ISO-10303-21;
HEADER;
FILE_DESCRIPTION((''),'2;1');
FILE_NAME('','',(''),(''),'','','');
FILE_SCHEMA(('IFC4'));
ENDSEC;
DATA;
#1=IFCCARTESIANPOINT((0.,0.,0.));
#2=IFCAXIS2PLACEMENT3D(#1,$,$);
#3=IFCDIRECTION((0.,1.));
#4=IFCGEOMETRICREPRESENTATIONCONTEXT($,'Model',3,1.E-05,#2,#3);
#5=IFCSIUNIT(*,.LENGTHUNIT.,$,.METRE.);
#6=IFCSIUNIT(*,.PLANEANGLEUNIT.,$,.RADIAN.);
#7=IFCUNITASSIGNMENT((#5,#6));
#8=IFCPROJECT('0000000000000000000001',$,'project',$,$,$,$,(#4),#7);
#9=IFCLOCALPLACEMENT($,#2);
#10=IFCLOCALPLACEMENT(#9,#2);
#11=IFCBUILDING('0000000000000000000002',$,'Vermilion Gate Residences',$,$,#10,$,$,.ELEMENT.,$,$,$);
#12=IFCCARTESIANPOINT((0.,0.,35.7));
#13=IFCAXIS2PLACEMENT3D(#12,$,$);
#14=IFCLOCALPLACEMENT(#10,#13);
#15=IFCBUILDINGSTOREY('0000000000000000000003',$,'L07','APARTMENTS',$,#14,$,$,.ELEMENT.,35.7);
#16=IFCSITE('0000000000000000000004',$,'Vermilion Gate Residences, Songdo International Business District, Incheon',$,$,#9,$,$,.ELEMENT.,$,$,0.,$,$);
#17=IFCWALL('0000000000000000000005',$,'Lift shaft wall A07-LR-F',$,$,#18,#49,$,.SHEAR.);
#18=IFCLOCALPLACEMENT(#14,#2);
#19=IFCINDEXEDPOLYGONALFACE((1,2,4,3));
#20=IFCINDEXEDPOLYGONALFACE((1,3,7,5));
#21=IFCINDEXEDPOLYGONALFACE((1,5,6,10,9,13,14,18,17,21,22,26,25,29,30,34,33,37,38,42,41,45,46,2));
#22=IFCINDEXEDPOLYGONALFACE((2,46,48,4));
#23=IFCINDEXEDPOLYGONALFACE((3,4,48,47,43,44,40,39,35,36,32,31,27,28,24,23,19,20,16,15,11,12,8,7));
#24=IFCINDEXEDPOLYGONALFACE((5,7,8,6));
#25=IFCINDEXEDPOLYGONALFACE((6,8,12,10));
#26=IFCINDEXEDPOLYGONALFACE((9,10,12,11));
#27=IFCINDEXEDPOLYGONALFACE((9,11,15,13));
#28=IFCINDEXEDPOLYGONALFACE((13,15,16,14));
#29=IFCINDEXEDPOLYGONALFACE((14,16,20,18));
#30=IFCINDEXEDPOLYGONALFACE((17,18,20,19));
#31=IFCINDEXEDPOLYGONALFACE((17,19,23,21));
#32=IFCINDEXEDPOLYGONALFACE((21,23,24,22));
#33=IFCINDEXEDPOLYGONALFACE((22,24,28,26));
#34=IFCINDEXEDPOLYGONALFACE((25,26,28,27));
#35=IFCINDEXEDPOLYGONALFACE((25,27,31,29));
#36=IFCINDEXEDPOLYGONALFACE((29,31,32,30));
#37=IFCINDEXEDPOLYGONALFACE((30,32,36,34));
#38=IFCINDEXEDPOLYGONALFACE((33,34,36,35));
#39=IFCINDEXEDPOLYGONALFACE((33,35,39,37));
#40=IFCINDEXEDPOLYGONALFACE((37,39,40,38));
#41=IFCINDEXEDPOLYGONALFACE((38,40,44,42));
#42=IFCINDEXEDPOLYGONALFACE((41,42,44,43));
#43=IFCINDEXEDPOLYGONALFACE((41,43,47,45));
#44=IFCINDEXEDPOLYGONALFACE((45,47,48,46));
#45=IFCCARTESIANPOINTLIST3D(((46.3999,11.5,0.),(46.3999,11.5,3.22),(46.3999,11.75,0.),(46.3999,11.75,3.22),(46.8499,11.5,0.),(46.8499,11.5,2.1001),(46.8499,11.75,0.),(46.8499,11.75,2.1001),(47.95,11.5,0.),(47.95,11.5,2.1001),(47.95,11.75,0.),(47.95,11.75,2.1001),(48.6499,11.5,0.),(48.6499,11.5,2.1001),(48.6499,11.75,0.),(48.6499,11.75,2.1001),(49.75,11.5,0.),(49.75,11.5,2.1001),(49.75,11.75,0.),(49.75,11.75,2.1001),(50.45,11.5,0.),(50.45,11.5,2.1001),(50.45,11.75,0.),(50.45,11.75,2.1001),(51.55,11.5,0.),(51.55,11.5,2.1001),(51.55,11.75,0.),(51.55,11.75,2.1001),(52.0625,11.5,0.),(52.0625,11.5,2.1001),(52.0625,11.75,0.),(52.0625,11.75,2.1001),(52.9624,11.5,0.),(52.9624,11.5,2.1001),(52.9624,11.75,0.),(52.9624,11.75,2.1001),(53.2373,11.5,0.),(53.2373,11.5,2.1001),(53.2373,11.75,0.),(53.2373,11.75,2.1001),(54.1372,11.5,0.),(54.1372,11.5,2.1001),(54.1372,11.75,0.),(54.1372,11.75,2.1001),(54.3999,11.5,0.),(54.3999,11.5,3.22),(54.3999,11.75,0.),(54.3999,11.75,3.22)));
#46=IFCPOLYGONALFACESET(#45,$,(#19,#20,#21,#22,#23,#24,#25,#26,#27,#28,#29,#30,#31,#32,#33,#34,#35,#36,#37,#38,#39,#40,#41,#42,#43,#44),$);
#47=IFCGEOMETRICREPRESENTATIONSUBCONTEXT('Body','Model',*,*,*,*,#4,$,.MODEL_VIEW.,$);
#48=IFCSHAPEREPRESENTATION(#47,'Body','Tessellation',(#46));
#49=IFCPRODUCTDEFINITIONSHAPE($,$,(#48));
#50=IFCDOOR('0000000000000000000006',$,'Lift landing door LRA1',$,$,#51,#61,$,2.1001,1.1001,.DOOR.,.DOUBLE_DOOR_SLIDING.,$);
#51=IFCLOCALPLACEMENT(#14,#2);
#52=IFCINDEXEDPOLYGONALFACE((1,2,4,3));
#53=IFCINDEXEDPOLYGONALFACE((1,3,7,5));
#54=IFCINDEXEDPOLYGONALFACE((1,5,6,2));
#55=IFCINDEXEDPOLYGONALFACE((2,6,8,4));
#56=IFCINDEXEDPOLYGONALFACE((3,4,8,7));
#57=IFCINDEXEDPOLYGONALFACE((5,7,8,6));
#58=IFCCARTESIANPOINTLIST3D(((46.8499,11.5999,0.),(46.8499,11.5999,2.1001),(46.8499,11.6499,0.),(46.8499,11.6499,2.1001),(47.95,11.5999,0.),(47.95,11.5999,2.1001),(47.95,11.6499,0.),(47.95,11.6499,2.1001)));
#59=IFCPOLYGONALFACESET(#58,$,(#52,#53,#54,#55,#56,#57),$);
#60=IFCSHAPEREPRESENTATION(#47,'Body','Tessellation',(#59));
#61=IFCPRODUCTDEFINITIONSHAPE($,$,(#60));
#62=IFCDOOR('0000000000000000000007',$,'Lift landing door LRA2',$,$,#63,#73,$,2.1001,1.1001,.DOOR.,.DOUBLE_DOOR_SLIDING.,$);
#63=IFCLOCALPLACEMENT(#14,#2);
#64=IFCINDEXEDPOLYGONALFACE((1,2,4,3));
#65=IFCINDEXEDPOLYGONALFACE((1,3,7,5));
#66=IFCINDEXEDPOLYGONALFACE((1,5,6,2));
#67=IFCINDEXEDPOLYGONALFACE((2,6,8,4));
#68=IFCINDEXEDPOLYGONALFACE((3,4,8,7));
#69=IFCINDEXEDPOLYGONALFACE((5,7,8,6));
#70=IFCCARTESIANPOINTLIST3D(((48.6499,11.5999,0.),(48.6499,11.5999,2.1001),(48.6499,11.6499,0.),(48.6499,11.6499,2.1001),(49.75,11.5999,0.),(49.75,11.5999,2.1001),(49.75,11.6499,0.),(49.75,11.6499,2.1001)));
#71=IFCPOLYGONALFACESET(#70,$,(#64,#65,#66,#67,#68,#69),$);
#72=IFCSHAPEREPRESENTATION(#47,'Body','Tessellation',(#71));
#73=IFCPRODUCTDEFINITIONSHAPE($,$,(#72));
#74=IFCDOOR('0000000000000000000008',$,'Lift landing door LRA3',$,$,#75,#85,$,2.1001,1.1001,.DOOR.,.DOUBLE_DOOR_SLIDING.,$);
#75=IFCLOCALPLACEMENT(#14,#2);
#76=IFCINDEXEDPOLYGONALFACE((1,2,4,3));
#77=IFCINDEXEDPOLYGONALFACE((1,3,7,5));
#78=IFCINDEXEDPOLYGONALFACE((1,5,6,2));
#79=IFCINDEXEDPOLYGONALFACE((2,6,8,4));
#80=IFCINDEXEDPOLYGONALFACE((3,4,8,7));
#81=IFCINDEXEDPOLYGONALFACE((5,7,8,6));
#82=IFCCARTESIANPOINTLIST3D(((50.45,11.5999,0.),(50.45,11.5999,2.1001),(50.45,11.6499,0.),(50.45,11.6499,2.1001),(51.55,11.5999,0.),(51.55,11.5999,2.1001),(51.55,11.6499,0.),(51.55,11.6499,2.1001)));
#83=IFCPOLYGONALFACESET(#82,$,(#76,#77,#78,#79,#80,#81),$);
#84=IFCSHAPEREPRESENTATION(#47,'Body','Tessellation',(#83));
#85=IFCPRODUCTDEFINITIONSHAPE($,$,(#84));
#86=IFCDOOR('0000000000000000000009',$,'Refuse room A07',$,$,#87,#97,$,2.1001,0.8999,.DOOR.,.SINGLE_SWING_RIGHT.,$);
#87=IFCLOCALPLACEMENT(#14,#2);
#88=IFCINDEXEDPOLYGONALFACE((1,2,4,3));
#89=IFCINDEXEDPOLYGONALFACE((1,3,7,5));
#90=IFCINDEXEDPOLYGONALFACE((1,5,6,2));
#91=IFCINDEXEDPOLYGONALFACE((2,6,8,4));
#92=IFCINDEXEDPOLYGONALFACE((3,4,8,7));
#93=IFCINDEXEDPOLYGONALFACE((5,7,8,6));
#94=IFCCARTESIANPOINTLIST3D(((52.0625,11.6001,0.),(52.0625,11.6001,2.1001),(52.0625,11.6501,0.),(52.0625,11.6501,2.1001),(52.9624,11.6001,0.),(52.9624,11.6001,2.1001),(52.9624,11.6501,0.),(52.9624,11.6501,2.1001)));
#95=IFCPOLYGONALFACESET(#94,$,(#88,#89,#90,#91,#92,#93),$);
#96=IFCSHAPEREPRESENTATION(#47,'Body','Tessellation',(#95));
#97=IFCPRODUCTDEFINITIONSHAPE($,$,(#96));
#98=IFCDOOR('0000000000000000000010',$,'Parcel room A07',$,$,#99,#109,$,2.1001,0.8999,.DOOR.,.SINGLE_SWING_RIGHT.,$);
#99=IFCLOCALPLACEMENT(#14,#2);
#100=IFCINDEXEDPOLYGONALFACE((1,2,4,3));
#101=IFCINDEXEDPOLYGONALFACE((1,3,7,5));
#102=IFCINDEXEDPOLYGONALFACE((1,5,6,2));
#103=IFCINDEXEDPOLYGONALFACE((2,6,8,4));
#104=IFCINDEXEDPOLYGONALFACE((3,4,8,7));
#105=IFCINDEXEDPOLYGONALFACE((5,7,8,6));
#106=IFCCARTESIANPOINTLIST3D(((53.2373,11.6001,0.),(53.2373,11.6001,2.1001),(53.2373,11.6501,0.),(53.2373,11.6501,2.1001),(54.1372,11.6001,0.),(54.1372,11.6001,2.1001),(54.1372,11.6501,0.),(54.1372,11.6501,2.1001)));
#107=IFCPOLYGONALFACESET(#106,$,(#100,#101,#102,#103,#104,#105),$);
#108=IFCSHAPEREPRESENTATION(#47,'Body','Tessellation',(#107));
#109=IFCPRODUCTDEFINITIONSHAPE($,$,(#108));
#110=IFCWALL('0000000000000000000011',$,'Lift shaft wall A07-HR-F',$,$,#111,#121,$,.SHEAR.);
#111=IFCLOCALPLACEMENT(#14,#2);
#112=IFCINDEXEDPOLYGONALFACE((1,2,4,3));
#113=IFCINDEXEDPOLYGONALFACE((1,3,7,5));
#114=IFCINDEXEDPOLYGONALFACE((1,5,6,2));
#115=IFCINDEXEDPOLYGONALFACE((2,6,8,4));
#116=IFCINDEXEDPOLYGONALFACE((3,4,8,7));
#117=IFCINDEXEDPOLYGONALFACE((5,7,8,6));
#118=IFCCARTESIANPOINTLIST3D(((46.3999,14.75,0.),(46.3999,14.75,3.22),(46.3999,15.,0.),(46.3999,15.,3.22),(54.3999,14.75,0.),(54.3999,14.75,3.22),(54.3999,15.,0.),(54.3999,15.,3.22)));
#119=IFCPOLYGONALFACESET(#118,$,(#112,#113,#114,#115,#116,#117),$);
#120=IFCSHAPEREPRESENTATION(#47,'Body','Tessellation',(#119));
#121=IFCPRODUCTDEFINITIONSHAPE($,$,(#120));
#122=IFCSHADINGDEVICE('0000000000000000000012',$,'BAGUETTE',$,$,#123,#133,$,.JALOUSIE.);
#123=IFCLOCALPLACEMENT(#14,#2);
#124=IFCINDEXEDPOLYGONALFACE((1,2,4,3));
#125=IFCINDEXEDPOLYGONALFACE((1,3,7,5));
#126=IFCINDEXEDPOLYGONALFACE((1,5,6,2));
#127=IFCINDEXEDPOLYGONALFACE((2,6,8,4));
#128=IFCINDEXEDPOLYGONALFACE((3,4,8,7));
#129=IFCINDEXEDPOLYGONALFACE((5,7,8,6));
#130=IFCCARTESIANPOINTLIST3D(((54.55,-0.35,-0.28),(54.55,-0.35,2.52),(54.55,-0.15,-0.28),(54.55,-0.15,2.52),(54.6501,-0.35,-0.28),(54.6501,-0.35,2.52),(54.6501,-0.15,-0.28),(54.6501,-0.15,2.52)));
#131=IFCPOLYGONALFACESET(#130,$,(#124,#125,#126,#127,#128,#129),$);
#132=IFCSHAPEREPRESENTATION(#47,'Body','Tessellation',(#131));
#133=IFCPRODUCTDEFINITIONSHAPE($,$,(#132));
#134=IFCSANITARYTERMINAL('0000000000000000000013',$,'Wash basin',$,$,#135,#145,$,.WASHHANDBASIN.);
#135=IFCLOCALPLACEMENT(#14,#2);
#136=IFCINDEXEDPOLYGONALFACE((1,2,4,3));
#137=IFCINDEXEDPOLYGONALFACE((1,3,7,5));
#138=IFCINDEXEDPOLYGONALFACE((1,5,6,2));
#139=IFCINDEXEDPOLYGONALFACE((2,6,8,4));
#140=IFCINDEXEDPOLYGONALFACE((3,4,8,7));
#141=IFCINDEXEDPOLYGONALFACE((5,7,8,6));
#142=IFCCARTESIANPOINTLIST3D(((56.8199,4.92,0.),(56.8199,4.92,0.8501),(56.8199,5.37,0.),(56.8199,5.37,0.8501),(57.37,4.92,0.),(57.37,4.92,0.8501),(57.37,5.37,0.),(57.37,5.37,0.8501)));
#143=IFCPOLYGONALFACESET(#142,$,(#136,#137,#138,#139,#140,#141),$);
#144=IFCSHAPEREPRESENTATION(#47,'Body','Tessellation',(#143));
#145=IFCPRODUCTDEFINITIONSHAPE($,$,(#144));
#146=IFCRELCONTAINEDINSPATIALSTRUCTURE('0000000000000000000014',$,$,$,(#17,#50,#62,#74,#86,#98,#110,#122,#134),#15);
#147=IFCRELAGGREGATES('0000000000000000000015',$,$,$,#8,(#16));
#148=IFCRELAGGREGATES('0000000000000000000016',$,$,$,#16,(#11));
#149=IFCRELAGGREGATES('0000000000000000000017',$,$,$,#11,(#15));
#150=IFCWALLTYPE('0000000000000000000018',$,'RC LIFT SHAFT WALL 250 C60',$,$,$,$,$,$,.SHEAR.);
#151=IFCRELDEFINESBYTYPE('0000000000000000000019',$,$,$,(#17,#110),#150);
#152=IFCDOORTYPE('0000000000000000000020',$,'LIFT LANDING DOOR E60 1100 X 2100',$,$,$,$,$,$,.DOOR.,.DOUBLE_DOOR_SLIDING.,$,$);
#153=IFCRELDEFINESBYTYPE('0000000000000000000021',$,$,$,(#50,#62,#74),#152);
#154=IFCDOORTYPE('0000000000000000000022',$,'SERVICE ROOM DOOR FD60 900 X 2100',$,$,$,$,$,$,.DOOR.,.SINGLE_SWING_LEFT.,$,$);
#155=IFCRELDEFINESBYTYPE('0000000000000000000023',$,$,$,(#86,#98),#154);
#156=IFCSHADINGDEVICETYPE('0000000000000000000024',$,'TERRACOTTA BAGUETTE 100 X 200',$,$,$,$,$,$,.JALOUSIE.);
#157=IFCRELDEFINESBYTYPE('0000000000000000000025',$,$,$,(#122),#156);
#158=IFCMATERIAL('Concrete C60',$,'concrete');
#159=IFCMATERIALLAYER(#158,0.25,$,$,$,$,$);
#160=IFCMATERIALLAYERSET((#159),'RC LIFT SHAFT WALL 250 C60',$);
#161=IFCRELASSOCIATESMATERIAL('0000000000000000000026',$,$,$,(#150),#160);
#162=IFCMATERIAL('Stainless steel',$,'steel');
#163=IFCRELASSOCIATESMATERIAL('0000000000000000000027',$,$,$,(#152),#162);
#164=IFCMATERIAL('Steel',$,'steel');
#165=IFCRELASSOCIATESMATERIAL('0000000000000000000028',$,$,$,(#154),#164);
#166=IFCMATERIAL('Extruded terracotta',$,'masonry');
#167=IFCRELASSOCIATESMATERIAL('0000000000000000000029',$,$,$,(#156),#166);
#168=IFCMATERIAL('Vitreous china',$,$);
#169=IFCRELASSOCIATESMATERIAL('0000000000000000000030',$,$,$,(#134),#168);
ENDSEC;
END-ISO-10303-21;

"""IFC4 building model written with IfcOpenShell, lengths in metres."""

from ifc_helpers import new_model, si_unit, direction, frame, frame_2d, origin, origin_2d, place, context, subcontext, project, spatial, rectangle, extrude, material, layer, layer_set, material_profile, profile_set, type_object, element, fill, save


model = new_model("IFC4")

# Units and contexts
model_context = context("Model", 3, precision=1e-05, world=origin(), true_north=direction((0.0, 1.0)))
body_context = subcontext(model_context, "Body", "Model", "MODEL_VIEW")
ifc_project = project(units=[si_unit("LENGTHUNIT", "METRE"), si_unit("PLANEANGLEUNIT", "RADIAN")], contexts=[model_context])

# Site, building, storey
site_placement = place(None, origin())
site = spatial("IfcSite", under=ifc_project, at=site_placement, Name="Vermilion Gate Residences, Songdo International Business District, Incheon", CompositionType="ELEMENT", RefElevation=0.0)
building_placement = place(site_placement, origin())
building = spatial("IfcBuilding", under=site, at=building_placement, Name="Vermilion Gate Residences", CompositionType="ELEMENT")
storey_placement = place(building_placement, frame((0.0, 0.0, 35.7)))
storey = spatial("IfcBuildingStorey", under=building, at=storey_placement, Name="L07", Description="APARTMENTS", CompositionType="ELEMENT", Elevation=35.7)

# Wall, openings, doors
ifc_material_1 = material(Name="Concrete C60", Category="concrete")
ifc_layer_1 = layer(ifc_material_1, 0.25)
ifc_layer_set_1 = layer_set([ifc_layer_1], Name="RC LIFT SHAFT WALL 250 C60")
wall_type_1 = type_object("IfcWallType", Name="RC LIFT SHAFT WALL 250 C60", PredefinedType="SHEAR", material=ifc_layer_set_1)
wall_1_placement = place(storey_placement, frame((46.3999, 11.625, 0.0), z_axis=(0.0, 0.0, 1.0), x_axis=(1.0, 0.0, 0.0)))
wall_1 = element("IfcWall", 1, at=wall_1_placement, inside=storey, type_object=wall_type_1, Name="Lift shaft wall A07-LR-F", PredefinedType="SHEAR", context=body_context, shape_type="SweptSolid", body=[
    extrude(rectangle(XDim=8.0, YDim=0.25, at=frame_2d((4.0, 0.0))), origin(), (0.0, 0.0, 1.0), 3.22),
])
opening_1_placement = place(wall_1_placement, frame((0.45, 0.0, 0.0)))
opening_1 = element("IfcOpeningElement", 2, at=opening_1_placement, cuts=wall_1, PredefinedType="OPENING", context=body_context, shape_type="SweptSolid", body=[
    extrude(rectangle(XDim=1.1001, YDim=2.1001, at=frame_2d((0.55, 1.05))), frame((0.0, 0.135, 0.0), z_axis=(0.0, -1.0, 0.0), x_axis=(1.0, 0.0, 0.0)), (0.0, 0.0, 1.0), 0.27),
])
opening_2_placement = place(wall_1_placement, frame((2.25, 0.0, 0.0)))
opening_2 = element("IfcOpeningElement", 3, at=opening_2_placement, cuts=wall_1, PredefinedType="OPENING", context=body_context, shape_type="SweptSolid", body=[
    extrude(rectangle(XDim=1.1001, YDim=2.1001, at=frame_2d((0.55, 1.05))), frame((0.0, 0.135, 0.0), z_axis=(0.0, -1.0, 0.0), x_axis=(1.0, 0.0, 0.0)), (0.0, 0.0, 1.0), 0.27),
])
opening_3_placement = place(wall_1_placement, frame((4.05, 0.0, 0.0)))
opening_3 = element("IfcOpeningElement", 4, at=opening_3_placement, cuts=wall_1, PredefinedType="OPENING", context=body_context, shape_type="SweptSolid", body=[
    extrude(rectangle(XDim=1.1001, YDim=2.1001, at=frame_2d((0.55, 1.05))), frame((0.0, 0.135, 0.0), z_axis=(0.0, -1.0, 0.0), x_axis=(1.0, 0.0, 0.0)), (0.0, 0.0, 1.0), 0.27),
])
opening_4_placement = place(wall_1_placement, frame((5.6626, 0.0, 0.0)))
opening_4 = element("IfcOpeningElement", 5, at=opening_4_placement, cuts=wall_1, PredefinedType="OPENING", context=body_context, shape_type="SweptSolid", body=[
    extrude(rectangle(XDim=0.8999, YDim=2.1001, at=frame_2d((0.45, 1.05))), frame((0.0, 0.135, 0.0), z_axis=(0.0, -1.0, 0.0), x_axis=(1.0, 0.0, 0.0)), (0.0, 0.0, 1.0), 0.27),
])
opening_5_placement = place(wall_1_placement, frame((6.8374, 0.0, 0.0)))
opening_5 = element("IfcOpeningElement", 6, at=opening_5_placement, cuts=wall_1, PredefinedType="OPENING", context=body_context, shape_type="SweptSolid", body=[
    extrude(rectangle(XDim=0.8999, YDim=2.1001, at=frame_2d((0.45, 1.05))), frame((0.0, 0.135, 0.0), z_axis=(0.0, -1.0, 0.0), x_axis=(1.0, 0.0, 0.0)), (0.0, 0.0, 1.0), 0.27),
])
ifc_material_2 = material(Name="Stainless steel", Category="steel")
door_type_1 = type_object("IfcDoorType", Name="LIFT LANDING DOOR E60 1100 X 2100", OperationType="DOUBLE_DOOR_SLIDING", PredefinedType="DOOR", material=ifc_material_2)
door_1_placement = place(opening_1_placement, origin())
door_1 = element("IfcDoor", 7, at=door_1_placement, inside=storey, type_object=door_type_1, Name="Lift landing door LRA1", OperationType="DOUBLE_DOOR_SLIDING", OverallHeight=2.1001, OverallWidth=1.1001, PredefinedType="DOOR", context=body_context, shape_type="SweptSolid", body=[
    extrude(rectangle(XDim=1.1001, YDim=2.1001, at=frame_2d((0.55, 1.05))), frame((0.0, 0.0249, 0.0), z_axis=(0.0, -1.0, 0.0), x_axis=(1.0, 0.0, 0.0)), (0.0, 0.0, 1.0), 0.05),
])
fill(opening_1, door_1)
door_2_placement = place(opening_2_placement, origin())
door_2 = element("IfcDoor", 8, at=door_2_placement, inside=storey, type_object=door_type_1, Name="Lift landing door LRA2", OperationType="DOUBLE_DOOR_SLIDING", OverallHeight=2.1001, OverallWidth=1.1001, PredefinedType="DOOR", context=body_context, shape_type="SweptSolid", body=[
    extrude(rectangle(XDim=1.1001, YDim=2.1001, at=frame_2d((0.55, 1.05))), frame((0.0, 0.0249, 0.0), z_axis=(0.0, -1.0, 0.0), x_axis=(1.0, 0.0, 0.0)), (0.0, 0.0, 1.0), 0.05),
])
fill(opening_2, door_2)
door_3_placement = place(opening_3_placement, origin())
door_3 = element("IfcDoor", 9, at=door_3_placement, inside=storey, type_object=door_type_1, Name="Lift landing door LRA3", OperationType="DOUBLE_DOOR_SLIDING", OverallHeight=2.1001, OverallWidth=1.1001, PredefinedType="DOOR", context=body_context, shape_type="SweptSolid", body=[
    extrude(rectangle(XDim=1.1001, YDim=2.1001, at=frame_2d((0.55, 1.05))), frame((0.0, 0.0249, 0.0), z_axis=(0.0, -1.0, 0.0), x_axis=(1.0, 0.0, 0.0)), (0.0, 0.0, 1.0), 0.05),
])
fill(opening_3, door_3)
ifc_material_3 = material(Name="Steel", Category="steel")
door_type_2 = type_object("IfcDoorType", Name="SERVICE ROOM DOOR FD60 900 X 2100", OperationType="SINGLE_SWING_LEFT", PredefinedType="DOOR", material=ifc_material_3)
door_4_placement = place(opening_4_placement, frame((0.8999, 0.0, 0.0), z_axis=(0.0, 0.0, 1.0), x_axis=(-1.0, 0.0, 0.0)))
door_4 = element("IfcDoor", 10, at=door_4_placement, inside=storey, type_object=door_type_2, Name="Refuse room A07", OperationType="SINGLE_SWING_RIGHT", OverallHeight=2.1001, OverallWidth=0.8999, PredefinedType="DOOR", context=body_context, shape_type="SweptSolid", body=[
    extrude(rectangle(XDim=0.8999, YDim=2.1001, at=frame_2d((0.45, 1.05))), frame((0.0, 0.0249, 0.0), z_axis=(0.0, -1.0, 0.0), x_axis=(1.0, 0.0, 0.0)), (0.0, 0.0, 1.0), 0.05),
])
fill(opening_4, door_4)
door_5_placement = place(opening_5_placement, frame((0.8999, 0.0, 0.0), z_axis=(0.0, 0.0, 1.0), x_axis=(-1.0, 0.0, 0.0)))
door_5 = element("IfcDoor", 11, at=door_5_placement, inside=storey, type_object=door_type_2, Name="Parcel room A07", OperationType="SINGLE_SWING_RIGHT", OverallHeight=2.1001, OverallWidth=0.8999, PredefinedType="DOOR", context=body_context, shape_type="SweptSolid", body=[
    extrude(rectangle(XDim=0.8999, YDim=2.1001, at=frame_2d((0.45, 1.05))), frame((0.0, 0.0249, 0.0), z_axis=(0.0, -1.0, 0.0), x_axis=(1.0, 0.0, 0.0)), (0.0, 0.0, 1.0), 0.05),
])
fill(opening_5, door_5)

# Wall
wall_2_placement = place(storey_placement, frame((46.3999, 14.875, 0.0), z_axis=(0.0, 0.0, 1.0), x_axis=(1.0, 0.0, 0.0)))
element("IfcWall", 12, at=wall_2_placement, inside=storey, type_object=wall_type_1, Name="Lift shaft wall A07-HR-F", PredefinedType="SHEAR", context=body_context, shape_type="SweptSolid", body=[
    extrude(rectangle(XDim=8.0, YDim=0.25, at=frame_2d((4.0, 0.0))), origin(), (0.0, 0.0, 1.0), 3.22),
])

# Shading device
ifc_material_4 = material(Name="Extruded terracotta", Category="masonry")
ifc_material_profile_1 = material_profile(ifc_material_4, rectangle(XDim=0.2, YDim=0.1001, at=origin_2d()), Name="BAGUETTE 100 X 200")
ifc_profile_set_1 = profile_set([ifc_material_profile_1], Name="Extruded terracotta")
shading_device_type = type_object("IfcShadingDeviceType", Name="TERRACOTTA BAGUETTE 100 X 200", PredefinedType="JALOUSIE", material=ifc_profile_set_1)
shading_device_placement = place(storey_placement, frame((54.6001, -0.25, -0.28), z_axis=(0.0, 0.0, 1.0), x_axis=(0.0, 1.0, 0.0)))
element("IfcShadingDevice", 13, at=shading_device_placement, inside=storey, type_object=shading_device_type, Name="BAGUETTE", PredefinedType="JALOUSIE", context=body_context, shape_type="SweptSolid", body=[
    extrude(rectangle(XDim=0.2, YDim=0.1001, at=origin_2d()), origin(), (0.0, 0.0, 1.0), 2.8),
])

# Sanitary terminal
ifc_material_5 = material(Name="Vitreous china")
sanitary_terminal_placement = place(storey_placement, frame((57.095, 5.145, 0.0), z_axis=(0.0, 0.0, 1.0), x_axis=(1.0, 0.0, 0.0)))
element("IfcSanitaryTerminal", 14, at=sanitary_terminal_placement, inside=storey, material=ifc_material_5, Name="Wash basin", PredefinedType="WASHHANDBASIN", context=body_context, shape_type="SweptSolid", body=[
    extrude(rectangle(XDim=0.55, YDim=0.45, at=origin_2d()), origin(), (0.0, 0.0, 1.0), 0.8501),
])

save(model, "model.ifc")
